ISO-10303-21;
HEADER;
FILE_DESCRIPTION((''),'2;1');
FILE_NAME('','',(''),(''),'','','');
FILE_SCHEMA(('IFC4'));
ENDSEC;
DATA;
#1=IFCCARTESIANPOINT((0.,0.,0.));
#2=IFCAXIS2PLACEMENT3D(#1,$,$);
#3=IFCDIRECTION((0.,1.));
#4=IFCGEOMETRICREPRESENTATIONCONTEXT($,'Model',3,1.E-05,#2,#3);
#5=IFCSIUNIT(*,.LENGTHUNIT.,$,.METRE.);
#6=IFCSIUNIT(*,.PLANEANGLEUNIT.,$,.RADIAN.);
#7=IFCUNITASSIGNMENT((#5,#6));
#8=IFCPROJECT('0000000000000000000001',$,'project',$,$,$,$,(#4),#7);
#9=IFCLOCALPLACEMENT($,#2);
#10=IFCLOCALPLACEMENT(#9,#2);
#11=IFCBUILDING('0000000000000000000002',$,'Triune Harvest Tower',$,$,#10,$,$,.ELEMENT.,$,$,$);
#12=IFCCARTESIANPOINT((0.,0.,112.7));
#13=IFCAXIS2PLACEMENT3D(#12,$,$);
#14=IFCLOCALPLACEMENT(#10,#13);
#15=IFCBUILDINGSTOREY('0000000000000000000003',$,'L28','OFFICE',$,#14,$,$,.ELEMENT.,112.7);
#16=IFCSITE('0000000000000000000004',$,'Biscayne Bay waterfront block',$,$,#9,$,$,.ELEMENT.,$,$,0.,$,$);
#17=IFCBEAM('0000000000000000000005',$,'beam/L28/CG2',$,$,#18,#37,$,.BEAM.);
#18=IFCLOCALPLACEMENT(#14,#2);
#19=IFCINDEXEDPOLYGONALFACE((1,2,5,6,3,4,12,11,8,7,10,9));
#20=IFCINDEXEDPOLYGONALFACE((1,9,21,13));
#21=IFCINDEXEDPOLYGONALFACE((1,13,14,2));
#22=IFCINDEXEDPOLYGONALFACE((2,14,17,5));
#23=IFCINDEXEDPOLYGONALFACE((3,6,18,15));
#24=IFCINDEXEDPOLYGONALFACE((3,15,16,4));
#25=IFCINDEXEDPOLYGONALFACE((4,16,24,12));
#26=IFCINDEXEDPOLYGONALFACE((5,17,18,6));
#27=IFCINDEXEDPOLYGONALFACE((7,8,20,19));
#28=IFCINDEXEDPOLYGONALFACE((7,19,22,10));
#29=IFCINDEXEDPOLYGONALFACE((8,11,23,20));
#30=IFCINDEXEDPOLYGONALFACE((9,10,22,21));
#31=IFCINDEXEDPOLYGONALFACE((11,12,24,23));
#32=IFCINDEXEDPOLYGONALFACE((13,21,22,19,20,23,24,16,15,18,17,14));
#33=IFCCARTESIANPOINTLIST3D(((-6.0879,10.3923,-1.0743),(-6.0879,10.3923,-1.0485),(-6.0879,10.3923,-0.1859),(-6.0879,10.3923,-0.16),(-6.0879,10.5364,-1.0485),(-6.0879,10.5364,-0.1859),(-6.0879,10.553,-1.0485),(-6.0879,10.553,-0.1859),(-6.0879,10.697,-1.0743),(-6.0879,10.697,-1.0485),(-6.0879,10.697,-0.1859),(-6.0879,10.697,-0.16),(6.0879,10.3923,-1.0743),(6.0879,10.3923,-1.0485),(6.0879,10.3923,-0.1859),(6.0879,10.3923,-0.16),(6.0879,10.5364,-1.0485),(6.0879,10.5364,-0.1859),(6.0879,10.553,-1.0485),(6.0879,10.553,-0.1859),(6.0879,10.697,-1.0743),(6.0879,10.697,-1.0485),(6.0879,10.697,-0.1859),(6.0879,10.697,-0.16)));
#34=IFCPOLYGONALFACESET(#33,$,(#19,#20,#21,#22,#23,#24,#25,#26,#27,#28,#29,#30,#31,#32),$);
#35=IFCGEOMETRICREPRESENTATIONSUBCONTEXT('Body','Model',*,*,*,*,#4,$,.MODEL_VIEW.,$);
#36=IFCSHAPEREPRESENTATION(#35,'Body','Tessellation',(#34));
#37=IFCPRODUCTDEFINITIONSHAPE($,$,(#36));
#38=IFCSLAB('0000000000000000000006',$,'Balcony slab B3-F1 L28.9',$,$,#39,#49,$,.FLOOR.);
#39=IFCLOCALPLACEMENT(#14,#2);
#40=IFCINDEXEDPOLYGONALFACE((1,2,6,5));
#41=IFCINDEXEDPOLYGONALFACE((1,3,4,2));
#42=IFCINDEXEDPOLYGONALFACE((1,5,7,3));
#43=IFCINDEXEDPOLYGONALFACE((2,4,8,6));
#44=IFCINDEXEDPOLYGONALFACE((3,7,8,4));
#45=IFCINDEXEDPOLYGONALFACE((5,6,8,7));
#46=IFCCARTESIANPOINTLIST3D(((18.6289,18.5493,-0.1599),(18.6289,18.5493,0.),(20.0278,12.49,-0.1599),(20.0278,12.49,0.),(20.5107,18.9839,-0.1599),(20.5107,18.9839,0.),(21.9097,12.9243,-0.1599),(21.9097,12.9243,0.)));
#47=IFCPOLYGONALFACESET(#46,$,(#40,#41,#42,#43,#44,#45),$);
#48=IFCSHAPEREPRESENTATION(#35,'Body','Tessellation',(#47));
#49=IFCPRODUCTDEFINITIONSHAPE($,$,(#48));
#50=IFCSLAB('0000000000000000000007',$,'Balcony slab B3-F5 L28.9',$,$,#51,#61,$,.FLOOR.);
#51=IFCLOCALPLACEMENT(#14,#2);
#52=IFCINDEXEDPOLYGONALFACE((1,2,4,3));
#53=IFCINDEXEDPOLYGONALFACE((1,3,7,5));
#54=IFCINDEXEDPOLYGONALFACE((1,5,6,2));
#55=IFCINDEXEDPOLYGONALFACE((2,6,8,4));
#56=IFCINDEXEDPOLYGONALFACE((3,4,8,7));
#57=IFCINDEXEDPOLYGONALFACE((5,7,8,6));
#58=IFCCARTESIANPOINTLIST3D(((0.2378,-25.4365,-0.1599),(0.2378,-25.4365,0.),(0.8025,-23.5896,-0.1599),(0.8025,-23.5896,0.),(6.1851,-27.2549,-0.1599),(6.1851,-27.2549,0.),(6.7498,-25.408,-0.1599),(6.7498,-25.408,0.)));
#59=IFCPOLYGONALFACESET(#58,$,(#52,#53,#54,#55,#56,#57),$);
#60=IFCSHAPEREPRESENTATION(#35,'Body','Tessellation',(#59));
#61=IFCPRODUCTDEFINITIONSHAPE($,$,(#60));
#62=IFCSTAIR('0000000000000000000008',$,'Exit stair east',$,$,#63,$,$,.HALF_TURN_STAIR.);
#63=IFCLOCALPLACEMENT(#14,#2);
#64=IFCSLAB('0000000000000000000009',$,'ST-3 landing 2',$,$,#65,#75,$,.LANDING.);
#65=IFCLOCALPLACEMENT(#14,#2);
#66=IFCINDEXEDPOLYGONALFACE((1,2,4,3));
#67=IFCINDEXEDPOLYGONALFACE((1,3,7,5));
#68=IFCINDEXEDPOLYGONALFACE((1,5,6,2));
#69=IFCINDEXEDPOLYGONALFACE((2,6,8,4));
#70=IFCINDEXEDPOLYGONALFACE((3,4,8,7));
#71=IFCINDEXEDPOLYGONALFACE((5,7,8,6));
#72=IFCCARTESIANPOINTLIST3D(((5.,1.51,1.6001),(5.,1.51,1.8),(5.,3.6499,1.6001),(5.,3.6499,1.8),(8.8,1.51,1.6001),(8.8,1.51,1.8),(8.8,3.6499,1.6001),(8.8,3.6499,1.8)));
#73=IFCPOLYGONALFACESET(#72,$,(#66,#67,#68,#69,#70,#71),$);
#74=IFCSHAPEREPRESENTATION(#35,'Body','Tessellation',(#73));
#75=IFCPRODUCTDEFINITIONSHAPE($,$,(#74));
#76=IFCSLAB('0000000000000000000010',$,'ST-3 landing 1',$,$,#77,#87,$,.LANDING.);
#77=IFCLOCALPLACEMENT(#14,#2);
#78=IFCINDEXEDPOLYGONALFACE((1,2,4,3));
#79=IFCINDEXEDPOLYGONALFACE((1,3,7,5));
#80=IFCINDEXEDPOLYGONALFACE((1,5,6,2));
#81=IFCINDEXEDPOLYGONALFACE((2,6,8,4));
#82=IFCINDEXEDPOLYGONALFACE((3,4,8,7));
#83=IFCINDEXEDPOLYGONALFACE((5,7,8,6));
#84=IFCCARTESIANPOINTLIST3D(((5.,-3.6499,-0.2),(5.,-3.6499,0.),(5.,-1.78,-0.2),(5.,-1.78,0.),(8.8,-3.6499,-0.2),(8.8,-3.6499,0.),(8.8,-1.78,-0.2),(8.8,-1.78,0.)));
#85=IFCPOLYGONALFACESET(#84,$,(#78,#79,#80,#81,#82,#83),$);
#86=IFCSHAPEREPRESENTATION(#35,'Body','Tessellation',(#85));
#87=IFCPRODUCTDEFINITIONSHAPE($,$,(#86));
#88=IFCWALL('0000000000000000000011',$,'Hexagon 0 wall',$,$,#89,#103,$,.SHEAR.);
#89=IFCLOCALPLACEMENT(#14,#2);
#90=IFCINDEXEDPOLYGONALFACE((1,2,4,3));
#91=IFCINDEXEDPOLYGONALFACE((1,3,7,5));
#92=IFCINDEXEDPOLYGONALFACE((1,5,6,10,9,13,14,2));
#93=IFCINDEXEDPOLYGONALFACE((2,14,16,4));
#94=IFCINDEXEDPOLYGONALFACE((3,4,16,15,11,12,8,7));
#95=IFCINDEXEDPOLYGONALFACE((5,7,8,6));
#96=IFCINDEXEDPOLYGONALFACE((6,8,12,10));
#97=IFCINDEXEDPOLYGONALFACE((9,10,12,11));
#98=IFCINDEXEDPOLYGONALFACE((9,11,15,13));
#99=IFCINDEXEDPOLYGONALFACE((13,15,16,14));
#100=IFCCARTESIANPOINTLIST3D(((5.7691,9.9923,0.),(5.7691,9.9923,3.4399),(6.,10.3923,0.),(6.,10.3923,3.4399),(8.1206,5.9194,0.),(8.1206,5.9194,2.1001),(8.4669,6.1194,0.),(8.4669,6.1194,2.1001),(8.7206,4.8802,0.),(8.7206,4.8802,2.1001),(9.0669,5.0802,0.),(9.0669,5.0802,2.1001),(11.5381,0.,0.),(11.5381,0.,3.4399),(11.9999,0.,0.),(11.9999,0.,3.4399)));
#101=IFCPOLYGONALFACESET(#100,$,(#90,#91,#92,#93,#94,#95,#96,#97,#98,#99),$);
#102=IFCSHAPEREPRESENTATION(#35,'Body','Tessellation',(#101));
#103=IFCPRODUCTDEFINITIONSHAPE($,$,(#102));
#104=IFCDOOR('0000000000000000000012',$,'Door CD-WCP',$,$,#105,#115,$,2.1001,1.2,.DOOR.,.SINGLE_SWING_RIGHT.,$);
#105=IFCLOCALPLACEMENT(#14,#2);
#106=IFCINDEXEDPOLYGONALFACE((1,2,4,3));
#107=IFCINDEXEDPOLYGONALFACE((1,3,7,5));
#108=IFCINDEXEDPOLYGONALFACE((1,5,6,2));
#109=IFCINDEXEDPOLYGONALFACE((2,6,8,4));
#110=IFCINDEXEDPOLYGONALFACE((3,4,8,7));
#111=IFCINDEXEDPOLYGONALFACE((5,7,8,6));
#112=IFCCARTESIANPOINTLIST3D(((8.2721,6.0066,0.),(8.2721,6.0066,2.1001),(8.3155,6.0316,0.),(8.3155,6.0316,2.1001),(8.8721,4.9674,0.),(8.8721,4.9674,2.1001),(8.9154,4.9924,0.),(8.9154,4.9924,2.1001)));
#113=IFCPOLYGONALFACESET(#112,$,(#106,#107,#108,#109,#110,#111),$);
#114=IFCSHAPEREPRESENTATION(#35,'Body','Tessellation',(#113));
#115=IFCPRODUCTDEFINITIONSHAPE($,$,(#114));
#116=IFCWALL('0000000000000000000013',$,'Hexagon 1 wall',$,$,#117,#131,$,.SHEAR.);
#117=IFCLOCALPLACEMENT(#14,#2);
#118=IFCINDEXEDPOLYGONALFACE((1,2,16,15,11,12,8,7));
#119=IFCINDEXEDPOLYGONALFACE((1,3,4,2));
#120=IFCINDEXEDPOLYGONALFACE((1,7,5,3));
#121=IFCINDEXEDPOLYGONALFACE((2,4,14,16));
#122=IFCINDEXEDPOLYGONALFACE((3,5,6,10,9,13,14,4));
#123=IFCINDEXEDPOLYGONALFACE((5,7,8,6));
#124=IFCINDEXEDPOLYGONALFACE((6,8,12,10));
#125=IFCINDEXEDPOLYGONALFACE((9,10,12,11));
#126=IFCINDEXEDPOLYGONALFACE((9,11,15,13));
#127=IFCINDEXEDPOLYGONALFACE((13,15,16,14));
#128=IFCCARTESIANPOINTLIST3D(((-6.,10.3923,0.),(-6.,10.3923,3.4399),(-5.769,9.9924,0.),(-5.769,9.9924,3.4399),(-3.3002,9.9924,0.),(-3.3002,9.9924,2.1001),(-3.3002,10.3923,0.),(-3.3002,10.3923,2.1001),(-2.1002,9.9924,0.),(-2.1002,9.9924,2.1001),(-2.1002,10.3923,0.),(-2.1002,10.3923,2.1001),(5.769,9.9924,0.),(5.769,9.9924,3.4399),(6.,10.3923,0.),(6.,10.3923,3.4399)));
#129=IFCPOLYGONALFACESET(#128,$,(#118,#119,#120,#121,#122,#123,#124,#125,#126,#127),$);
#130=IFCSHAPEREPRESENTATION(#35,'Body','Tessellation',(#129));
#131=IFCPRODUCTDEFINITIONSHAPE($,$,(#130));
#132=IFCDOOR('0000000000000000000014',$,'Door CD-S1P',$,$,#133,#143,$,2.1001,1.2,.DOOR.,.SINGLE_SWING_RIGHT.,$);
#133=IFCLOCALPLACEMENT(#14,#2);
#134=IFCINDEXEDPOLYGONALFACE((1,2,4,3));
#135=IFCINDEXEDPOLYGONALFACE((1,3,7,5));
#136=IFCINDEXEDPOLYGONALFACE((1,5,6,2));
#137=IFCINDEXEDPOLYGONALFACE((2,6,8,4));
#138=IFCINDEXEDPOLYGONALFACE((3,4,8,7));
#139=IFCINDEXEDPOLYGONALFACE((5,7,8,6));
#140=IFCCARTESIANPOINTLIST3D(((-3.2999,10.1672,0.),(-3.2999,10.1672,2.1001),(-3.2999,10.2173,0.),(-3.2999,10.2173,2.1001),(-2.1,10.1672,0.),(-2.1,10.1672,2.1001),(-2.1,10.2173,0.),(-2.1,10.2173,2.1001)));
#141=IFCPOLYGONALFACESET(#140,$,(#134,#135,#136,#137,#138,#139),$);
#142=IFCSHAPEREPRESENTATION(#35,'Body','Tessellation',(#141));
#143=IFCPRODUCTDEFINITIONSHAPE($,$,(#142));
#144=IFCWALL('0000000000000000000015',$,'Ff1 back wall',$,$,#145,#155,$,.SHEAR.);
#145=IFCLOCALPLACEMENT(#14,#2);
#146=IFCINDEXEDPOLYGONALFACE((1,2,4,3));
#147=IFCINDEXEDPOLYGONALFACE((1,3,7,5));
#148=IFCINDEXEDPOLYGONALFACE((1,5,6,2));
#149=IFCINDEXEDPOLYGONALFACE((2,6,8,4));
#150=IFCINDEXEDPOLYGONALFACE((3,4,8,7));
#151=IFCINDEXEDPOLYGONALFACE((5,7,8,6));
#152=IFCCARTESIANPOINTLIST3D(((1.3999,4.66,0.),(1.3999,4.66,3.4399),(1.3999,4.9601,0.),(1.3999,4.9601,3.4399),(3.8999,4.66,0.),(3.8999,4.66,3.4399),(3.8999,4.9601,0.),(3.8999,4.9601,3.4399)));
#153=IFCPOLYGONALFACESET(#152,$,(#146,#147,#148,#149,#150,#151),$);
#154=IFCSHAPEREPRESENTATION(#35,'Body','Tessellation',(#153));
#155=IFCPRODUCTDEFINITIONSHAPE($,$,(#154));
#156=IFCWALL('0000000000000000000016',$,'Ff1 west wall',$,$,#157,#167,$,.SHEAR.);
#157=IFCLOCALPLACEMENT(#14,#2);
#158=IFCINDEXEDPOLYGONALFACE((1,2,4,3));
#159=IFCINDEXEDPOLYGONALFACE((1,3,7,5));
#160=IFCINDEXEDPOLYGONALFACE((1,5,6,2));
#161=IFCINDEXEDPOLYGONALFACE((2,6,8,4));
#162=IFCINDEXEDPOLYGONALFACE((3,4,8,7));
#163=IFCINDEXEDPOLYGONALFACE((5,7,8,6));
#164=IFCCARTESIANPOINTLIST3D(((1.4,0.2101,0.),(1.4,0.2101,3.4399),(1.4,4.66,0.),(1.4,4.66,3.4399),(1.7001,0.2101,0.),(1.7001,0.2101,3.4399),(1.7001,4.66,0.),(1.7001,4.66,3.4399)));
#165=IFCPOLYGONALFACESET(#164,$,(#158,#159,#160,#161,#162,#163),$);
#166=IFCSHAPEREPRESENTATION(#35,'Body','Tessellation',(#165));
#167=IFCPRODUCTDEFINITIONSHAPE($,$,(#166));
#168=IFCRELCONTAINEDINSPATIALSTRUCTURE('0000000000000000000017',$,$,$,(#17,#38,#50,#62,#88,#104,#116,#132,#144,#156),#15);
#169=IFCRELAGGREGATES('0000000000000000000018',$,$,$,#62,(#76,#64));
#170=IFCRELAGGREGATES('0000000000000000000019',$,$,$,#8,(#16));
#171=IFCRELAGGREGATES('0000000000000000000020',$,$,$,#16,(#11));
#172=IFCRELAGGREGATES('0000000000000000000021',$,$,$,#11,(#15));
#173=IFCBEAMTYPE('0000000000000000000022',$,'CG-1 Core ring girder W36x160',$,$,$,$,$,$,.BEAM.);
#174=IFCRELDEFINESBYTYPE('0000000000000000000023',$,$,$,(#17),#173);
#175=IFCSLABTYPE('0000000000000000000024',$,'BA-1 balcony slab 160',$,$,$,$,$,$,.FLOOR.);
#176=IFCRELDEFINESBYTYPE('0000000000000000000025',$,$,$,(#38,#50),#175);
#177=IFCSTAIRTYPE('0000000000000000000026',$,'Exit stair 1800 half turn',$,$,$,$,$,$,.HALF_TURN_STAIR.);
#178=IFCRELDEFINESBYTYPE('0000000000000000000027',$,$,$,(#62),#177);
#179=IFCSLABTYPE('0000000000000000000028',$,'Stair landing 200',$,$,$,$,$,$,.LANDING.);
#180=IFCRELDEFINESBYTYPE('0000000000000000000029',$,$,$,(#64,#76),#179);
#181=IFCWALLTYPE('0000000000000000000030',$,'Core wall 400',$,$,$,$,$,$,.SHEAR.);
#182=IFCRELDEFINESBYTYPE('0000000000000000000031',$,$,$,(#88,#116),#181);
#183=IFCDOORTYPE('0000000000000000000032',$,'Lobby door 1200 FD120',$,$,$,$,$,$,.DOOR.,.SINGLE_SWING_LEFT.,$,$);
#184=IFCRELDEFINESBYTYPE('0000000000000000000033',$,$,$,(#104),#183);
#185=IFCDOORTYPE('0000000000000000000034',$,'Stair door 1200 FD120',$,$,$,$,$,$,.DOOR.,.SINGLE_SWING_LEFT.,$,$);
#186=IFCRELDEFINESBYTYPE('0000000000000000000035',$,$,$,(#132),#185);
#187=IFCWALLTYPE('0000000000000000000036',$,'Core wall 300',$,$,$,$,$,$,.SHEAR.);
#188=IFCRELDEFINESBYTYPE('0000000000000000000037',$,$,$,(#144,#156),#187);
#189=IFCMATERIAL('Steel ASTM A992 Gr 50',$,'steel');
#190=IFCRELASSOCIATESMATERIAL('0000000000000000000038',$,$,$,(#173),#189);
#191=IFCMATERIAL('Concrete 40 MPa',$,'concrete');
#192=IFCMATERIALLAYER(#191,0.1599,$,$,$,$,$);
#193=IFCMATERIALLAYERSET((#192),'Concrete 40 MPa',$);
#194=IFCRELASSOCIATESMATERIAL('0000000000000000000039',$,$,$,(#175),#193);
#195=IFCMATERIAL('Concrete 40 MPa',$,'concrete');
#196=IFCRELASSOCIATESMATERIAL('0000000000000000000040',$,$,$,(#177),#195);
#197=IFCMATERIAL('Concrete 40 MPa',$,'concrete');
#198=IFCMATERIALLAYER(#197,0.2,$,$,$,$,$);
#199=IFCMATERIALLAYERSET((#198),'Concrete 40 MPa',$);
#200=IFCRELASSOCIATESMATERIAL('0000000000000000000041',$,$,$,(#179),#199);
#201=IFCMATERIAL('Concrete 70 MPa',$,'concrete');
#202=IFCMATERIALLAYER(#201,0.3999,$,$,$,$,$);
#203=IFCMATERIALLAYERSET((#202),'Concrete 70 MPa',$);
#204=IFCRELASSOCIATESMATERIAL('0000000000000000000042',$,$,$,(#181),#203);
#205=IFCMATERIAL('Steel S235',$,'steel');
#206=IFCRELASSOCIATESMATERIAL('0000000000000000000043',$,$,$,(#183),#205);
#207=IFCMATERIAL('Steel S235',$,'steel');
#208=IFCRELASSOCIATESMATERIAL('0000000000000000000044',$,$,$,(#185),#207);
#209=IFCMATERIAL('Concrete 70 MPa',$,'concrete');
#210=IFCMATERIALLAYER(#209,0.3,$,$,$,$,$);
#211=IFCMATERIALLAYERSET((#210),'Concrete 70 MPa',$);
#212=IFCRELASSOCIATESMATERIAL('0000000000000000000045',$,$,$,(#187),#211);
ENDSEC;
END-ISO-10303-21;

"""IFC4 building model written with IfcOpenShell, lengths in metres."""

from ifc_helpers import new_model, si_unit, direction, frame, frame_2d, origin, origin_2d, place, context, subcontext, project, spatial, polyline, rectangle, i_section, outline, extrude, source, transform, mapped, material, layer, layer_set, material_profile, profile_set, type_object, element, fill, aggregate, save


model = new_model("IFC4")

# Units and contexts
model_context = context("Model", 3, precision=1e-05, world=origin(), true_north=direction((0.0, 1.0)))
body_context = subcontext(model_context, "Body", "Model", "MODEL_VIEW")
ifc_project = project(units=[si_unit("LENGTHUNIT", "METRE"), si_unit("PLANEANGLEUNIT", "RADIAN")], contexts=[model_context])

# Site, building, storey
site_placement = place(None, origin())
site = spatial("IfcSite", under=ifc_project, at=site_placement, Name="Biscayne Bay waterfront block", CompositionType="ELEMENT", RefElevation=0.0)
building_placement = place(site_placement, origin())
building = spatial("IfcBuilding", under=site, at=building_placement, Name="Triune Harvest Tower", CompositionType="ELEMENT")
storey_placement = place(building_placement, frame((0.0, 0.0, 112.7)))
storey = spatial("IfcBuildingStorey", under=building, at=storey_placement, Name="L28", Description="OFFICE", CompositionType="ELEMENT", Elevation=112.7)

# Beam
ifc_material_1 = material(Name="Steel ASTM A992 Gr 50", Category="steel")
ifc_material_profile = material_profile(ifc_material_1, i_section(OverallWidth=0.3047, OverallDepth=0.9143, WebThickness=0.0166, FlangeThickness=0.0259, at=origin_2d()), Name="W36x160")
ifc_profile_set = profile_set([ifc_material_profile], Name="Steel ASTM A992 Gr 50")
beam_type = type_object("IfcBeamType", Name="CG-1 Core ring girder W36x160", PredefinedType="BEAM", material=ifc_profile_set)
shared_shape_1 = source(origin(), body_context, "Body", "SweptSolid", [
    extrude(i_section(OverallWidth=0.3047, OverallDepth=0.9143, WebThickness=0.0166, FlangeThickness=0.0259, at=origin_2d()), origin(), (0.0, 0.0, 1.0), 12.1758),
])
beam_placement = place(storey_placement, frame((6.0879, 10.5447, -0.6172), z_axis=(-1.0, 0.0, 0.0), x_axis=(0.0, -1.0, 0.0)))
element("IfcBeam", 1, at=beam_placement, inside=storey, type_object=beam_type, Name="beam/L28/CG2", PredefinedType="BEAM", context=body_context, shape_type="MappedRepresentation", body=[
    mapped(shared_shape_1, transform((0.0, 0.0, 0.0), scale=1.0)),
])

# Slabs
ifc_material_2 = material(Name="Concrete 40 MPa", Category="concrete")
ifc_layer_1 = layer(ifc_material_2, 0.1599)
ifc_layer_set_1 = layer_set([ifc_layer_1], Name="Concrete 40 MPa")
slab_type_1 = type_object("IfcSlabType", Name="BA-1 balcony slab 160", PredefinedType="FLOOR", material=ifc_layer_set_1)
slab_1_placement = place(storey_placement, frame((0.0, 0.0, -0.1599)))
element("IfcSlab", 2, at=slab_1_placement, inside=storey, type_object=slab_type_1, Name="Balcony slab B3-F1 L28.9", PredefinedType="FLOOR", context=body_context, shape_type="SweptSolid", body=[
    extrude(outline(polyline([(20.0278, 12.49), (18.6289, 18.5493), (20.5107, 18.9839), (21.9097, 12.9243), (20.0278, 12.49)])), origin(), (0.0, 0.0, 1.0), 0.1599),
])
slab_2_placement = place(storey_placement, frame((0.0, 0.0, -0.1599)))
element("IfcSlab", 3, at=slab_2_placement, inside=storey, type_object=slab_type_1, Name="Balcony slab B3-F5 L28.9", PredefinedType="FLOOR", context=body_context, shape_type="SweptSolid", body=[
    extrude(outline(polyline([(0.8025, -23.5896), (6.7498, -25.408), (6.1851, -27.2549), (0.2378, -25.4365), (0.8025, -23.5896)])), origin(), (0.0, 0.0, 1.0), 0.1599),
])

# Stair, slabs
ifc_material_3 = material(Name="Concrete 40 MPa", Category="concrete")
stair_type = type_object("IfcStairType", Name="Exit stair 1800 half turn", PredefinedType="HALF_TURN_STAIR", material=ifc_material_3)
stair_1_placement = place(storey_placement, origin())
stair_1 = element("IfcStair", 4, at=stair_1_placement, inside=storey, type_object=stair_type, Name="Exit stair east", PredefinedType="HALF_TURN_STAIR")
ifc_material_4 = material(Name="Concrete 40 MPa", Category="concrete")
ifc_layer_2 = layer(ifc_material_4, 0.2)
ifc_layer_set_2 = layer_set([ifc_layer_2], Name="Concrete 40 MPa")
slab_type_2 = type_object("IfcSlabType", Name="Stair landing 200", PredefinedType="LANDING", material=ifc_layer_set_2)
shared_shape_2 = source(origin(), body_context, "Body", "SweptSolid", [
    extrude(outline(polyline([(8.8, 1.51), (8.8, 3.6499), (5.0, 3.6499), (5.0, 1.51), (8.8, 1.51)])), origin(), (0.0, 0.0, 1.0), 0.2),
])
slab_3_placement = place(storey_placement, frame((0.0, 0.0, 1.6001)))
slab_3 = element("IfcSlab", 5, at=slab_3_placement, type_object=slab_type_2, Name="ST-3 landing 2", PredefinedType="LANDING", context=body_context, shape_type="MappedRepresentation", body=[
    mapped(shared_shape_2, transform((0.0, 0.0, 0.0), scale=1.0)),
])
shared_shape_3 = source(origin(), body_context, "Body", "SweptSolid", [
    extrude(outline(polyline([(8.8, -3.6499), (8.8, -1.78), (5.0, -1.78), (5.0, -3.6499), (8.8, -3.6499)])), origin(), (0.0, 0.0, 1.0), 0.2),
])
slab_4_placement = place(storey_placement, frame((0.0, 0.0, -0.2)))
slab_4 = element("IfcSlab", 6, at=slab_4_placement, type_object=slab_type_2, Name="ST-3 landing 1", PredefinedType="LANDING", context=body_context, shape_type="MappedRepresentation", body=[
    mapped(shared_shape_3, transform((0.0, 0.0, 0.0), scale=1.0)),
])

# Walls, openings, doors
ifc_material_5 = material(Name="Concrete 70 MPa", Category="concrete")
ifc_layer_3 = layer(ifc_material_5, 0.3999)
ifc_layer_set_3 = layer_set([ifc_layer_3], Name="Concrete 70 MPa")
wall_type_1 = type_object("IfcWallType", Name="Core wall 400", PredefinedType="SHEAR", material=ifc_layer_set_3)
shared_shape_4 = source(origin(), body_context, "Body", "SweptSolid", [
    extrude(outline(polyline([(-0.1155, -0.2), (11.8845, -0.2), (11.6536, 0.2), (0.1155, 0.2), (-0.1155, -0.2)])), origin(), (0.0, 0.0, 1.0), 3.4399),
])
wall_1_placement = place(storey_placement, frame((11.769, 0.0, 0.0), z_axis=(0.0, 0.0, 1.0), x_axis=(-0.499997, 0.866027, 0.0)))
wall_1 = element("IfcWall", 7, at=wall_1_placement, inside=storey, type_object=wall_type_1, Name="Hexagon 0 wall", PredefinedType="SHEAR", context=body_context, shape_type="MappedRepresentation", body=[
    mapped(shared_shape_4, transform((0.0, 0.0, 0.0), scale=1.0)),
])
opening_1_placement = place(wall_1_placement, frame((5.7505, 0.0, 0.0)))
opening_1 = element("IfcOpeningElement", 8, at=opening_1_placement, cuts=wall_1, PredefinedType="OPENING", context=body_context, shape_type="SweptSolid", body=[
    extrude(rectangle(XDim=1.2, YDim=2.1001, at=frame_2d((0.6001, 1.05))), frame((0.0, 0.21, 0.0), z_axis=(0.0, -1.0, 0.0), x_axis=(1.0, 0.0, 0.0)), (0.0, 0.0, 1.0), 0.4199),
])
ifc_material_6 = material(Name="Steel S235", Category="steel")
door_type_1 = type_object("IfcDoorType", Name="Lobby door 1200 FD120", OperationType="SINGLE_SWING_LEFT", PredefinedType="DOOR", material=ifc_material_6)
door_1_placement = place(opening_1_placement, frame((1.2, 0.0, 0.0), z_axis=(0.0, 0.0, 1.0), x_axis=(-1.0, 0.0, 0.0)))
door_1 = element("IfcDoor", 9, at=door_1_placement, inside=storey, type_object=door_type_1, Name="Door CD-WCP", OperationType="SINGLE_SWING_RIGHT", OverallHeight=2.1001, OverallWidth=1.2, PredefinedType="DOOR", context=body_context, shape_type="SweptSolid", body=[
    extrude(rectangle(XDim=1.2, YDim=2.1001, at=frame_2d((0.6001, 1.05))), frame((0.0, 0.0249, 0.0), z_axis=(0.0, -1.0, 0.0), x_axis=(1.0, 0.0, 0.0)), (0.0, 0.0, 1.0), 0.05),
])
fill(opening_1, door_1)
wall_2_placement = place(storey_placement, frame((5.8845, 10.1924, 0.0), z_axis=(0.0, 0.0, 1.0), x_axis=(-1.0, 0.0, 0.0)))
wall_2 = element("IfcWall", 10, at=wall_2_placement, inside=storey, type_object=wall_type_1, Name="Hexagon 1 wall", PredefinedType="SHEAR", context=body_context, shape_type="MappedRepresentation", body=[
    mapped(shared_shape_4, transform((0.0, 0.0, 0.0), scale=1.0)),
])
opening_2_placement = place(wall_2_placement, frame((7.9846, 0.0, 0.0)))
opening_2 = element("IfcOpeningElement", 11, at=opening_2_placement, cuts=wall_2, PredefinedType="OPENING", context=body_context, shape_type="SweptSolid", body=[
    extrude(rectangle(XDim=1.2, YDim=2.1001, at=frame_2d((0.6001, 1.05))), frame((0.0, 0.21, 0.0), z_axis=(0.0, -1.0, 0.0), x_axis=(1.0, 0.0, 0.0)), (0.0, 0.0, 1.0), 0.4199),
])
ifc_material_7 = material(Name="Steel S235", Category="steel")
door_type_2 = type_object("IfcDoorType", Name="Stair door 1200 FD120", OperationType="SINGLE_SWING_LEFT", PredefinedType="DOOR", material=ifc_material_7)
door_2_placement = place(opening_2_placement, frame((1.2, 0.0, 0.0), z_axis=(0.0, 0.0, 1.0), x_axis=(-1.0, 0.0, 0.0)))
door_2 = element("IfcDoor", 12, at=door_2_placement, inside=storey, type_object=door_type_2, Name="Door CD-S1P", OperationType="SINGLE_SWING_RIGHT", OverallHeight=2.1001, OverallWidth=1.2, PredefinedType="DOOR", context=body_context, shape_type="SweptSolid", body=[
    extrude(rectangle(XDim=1.2, YDim=2.1001, at=frame_2d((0.6001, 1.05))), frame((0.0, 0.0249, 0.0), z_axis=(0.0, -1.0, 0.0), x_axis=(1.0, 0.0, 0.0)), (0.0, 0.0, 1.0), 0.05),
])
fill(opening_2, door_2)

# Walls
ifc_material_8 = material(Name="Concrete 70 MPa", Category="concrete")
ifc_layer_4 = layer(ifc_material_8, 0.3)
ifc_layer_set_4 = layer_set([ifc_layer_4], Name="Concrete 70 MPa")
wall_type_2 = type_object("IfcWallType", Name="Core wall 300", PredefinedType="SHEAR", material=ifc_layer_set_4)
shared_shape_5 = source(origin(), body_context, "Body", "SweptSolid", [
    extrude(rectangle(XDim=2.5, YDim=0.3, at=frame_2d((1.25, 0.0))), origin(), (0.0, 0.0, 1.0), 3.4399),
])
wall_3_placement = place(storey_placement, frame((1.3999, 4.8101, 0.0), z_axis=(0.0, 0.0, 1.0), x_axis=(1.0, 0.0, 0.0)))
element("IfcWall", 13, at=wall_3_placement, inside=storey, type_object=wall_type_2, Name="Ff1 back wall", PredefinedType="SHEAR", context=body_context, shape_type="MappedRepresentation", body=[
    mapped(shared_shape_5, transform((0.0, 0.0, 0.0), scale=1.0)),
])
shared_shape_6 = source(origin(), body_context, "Body", "SweptSolid", [
    extrude(rectangle(XDim=4.45, YDim=0.3, at=frame_2d((2.2251, 0.0))), origin(), (0.0, 0.0, 1.0), 3.4399),
])
wall_4_placement = place(storey_placement, frame((1.55, 0.21, 0.0), z_axis=(0.0, 0.0, 1.0), x_axis=(0.0, 1.0, 0.0)))
element("IfcWall", 14, at=wall_4_placement, inside=storey, type_object=wall_type_2, Name="Ff1 west wall", PredefinedType="SHEAR", context=body_context, shape_type="MappedRepresentation", body=[
    mapped(shared_shape_6, transform((0.0, 0.0, 0.0), scale=1.0)),
])

aggregate(stair_1, [slab_4, slab_3])

save(model, "model.ifc")
